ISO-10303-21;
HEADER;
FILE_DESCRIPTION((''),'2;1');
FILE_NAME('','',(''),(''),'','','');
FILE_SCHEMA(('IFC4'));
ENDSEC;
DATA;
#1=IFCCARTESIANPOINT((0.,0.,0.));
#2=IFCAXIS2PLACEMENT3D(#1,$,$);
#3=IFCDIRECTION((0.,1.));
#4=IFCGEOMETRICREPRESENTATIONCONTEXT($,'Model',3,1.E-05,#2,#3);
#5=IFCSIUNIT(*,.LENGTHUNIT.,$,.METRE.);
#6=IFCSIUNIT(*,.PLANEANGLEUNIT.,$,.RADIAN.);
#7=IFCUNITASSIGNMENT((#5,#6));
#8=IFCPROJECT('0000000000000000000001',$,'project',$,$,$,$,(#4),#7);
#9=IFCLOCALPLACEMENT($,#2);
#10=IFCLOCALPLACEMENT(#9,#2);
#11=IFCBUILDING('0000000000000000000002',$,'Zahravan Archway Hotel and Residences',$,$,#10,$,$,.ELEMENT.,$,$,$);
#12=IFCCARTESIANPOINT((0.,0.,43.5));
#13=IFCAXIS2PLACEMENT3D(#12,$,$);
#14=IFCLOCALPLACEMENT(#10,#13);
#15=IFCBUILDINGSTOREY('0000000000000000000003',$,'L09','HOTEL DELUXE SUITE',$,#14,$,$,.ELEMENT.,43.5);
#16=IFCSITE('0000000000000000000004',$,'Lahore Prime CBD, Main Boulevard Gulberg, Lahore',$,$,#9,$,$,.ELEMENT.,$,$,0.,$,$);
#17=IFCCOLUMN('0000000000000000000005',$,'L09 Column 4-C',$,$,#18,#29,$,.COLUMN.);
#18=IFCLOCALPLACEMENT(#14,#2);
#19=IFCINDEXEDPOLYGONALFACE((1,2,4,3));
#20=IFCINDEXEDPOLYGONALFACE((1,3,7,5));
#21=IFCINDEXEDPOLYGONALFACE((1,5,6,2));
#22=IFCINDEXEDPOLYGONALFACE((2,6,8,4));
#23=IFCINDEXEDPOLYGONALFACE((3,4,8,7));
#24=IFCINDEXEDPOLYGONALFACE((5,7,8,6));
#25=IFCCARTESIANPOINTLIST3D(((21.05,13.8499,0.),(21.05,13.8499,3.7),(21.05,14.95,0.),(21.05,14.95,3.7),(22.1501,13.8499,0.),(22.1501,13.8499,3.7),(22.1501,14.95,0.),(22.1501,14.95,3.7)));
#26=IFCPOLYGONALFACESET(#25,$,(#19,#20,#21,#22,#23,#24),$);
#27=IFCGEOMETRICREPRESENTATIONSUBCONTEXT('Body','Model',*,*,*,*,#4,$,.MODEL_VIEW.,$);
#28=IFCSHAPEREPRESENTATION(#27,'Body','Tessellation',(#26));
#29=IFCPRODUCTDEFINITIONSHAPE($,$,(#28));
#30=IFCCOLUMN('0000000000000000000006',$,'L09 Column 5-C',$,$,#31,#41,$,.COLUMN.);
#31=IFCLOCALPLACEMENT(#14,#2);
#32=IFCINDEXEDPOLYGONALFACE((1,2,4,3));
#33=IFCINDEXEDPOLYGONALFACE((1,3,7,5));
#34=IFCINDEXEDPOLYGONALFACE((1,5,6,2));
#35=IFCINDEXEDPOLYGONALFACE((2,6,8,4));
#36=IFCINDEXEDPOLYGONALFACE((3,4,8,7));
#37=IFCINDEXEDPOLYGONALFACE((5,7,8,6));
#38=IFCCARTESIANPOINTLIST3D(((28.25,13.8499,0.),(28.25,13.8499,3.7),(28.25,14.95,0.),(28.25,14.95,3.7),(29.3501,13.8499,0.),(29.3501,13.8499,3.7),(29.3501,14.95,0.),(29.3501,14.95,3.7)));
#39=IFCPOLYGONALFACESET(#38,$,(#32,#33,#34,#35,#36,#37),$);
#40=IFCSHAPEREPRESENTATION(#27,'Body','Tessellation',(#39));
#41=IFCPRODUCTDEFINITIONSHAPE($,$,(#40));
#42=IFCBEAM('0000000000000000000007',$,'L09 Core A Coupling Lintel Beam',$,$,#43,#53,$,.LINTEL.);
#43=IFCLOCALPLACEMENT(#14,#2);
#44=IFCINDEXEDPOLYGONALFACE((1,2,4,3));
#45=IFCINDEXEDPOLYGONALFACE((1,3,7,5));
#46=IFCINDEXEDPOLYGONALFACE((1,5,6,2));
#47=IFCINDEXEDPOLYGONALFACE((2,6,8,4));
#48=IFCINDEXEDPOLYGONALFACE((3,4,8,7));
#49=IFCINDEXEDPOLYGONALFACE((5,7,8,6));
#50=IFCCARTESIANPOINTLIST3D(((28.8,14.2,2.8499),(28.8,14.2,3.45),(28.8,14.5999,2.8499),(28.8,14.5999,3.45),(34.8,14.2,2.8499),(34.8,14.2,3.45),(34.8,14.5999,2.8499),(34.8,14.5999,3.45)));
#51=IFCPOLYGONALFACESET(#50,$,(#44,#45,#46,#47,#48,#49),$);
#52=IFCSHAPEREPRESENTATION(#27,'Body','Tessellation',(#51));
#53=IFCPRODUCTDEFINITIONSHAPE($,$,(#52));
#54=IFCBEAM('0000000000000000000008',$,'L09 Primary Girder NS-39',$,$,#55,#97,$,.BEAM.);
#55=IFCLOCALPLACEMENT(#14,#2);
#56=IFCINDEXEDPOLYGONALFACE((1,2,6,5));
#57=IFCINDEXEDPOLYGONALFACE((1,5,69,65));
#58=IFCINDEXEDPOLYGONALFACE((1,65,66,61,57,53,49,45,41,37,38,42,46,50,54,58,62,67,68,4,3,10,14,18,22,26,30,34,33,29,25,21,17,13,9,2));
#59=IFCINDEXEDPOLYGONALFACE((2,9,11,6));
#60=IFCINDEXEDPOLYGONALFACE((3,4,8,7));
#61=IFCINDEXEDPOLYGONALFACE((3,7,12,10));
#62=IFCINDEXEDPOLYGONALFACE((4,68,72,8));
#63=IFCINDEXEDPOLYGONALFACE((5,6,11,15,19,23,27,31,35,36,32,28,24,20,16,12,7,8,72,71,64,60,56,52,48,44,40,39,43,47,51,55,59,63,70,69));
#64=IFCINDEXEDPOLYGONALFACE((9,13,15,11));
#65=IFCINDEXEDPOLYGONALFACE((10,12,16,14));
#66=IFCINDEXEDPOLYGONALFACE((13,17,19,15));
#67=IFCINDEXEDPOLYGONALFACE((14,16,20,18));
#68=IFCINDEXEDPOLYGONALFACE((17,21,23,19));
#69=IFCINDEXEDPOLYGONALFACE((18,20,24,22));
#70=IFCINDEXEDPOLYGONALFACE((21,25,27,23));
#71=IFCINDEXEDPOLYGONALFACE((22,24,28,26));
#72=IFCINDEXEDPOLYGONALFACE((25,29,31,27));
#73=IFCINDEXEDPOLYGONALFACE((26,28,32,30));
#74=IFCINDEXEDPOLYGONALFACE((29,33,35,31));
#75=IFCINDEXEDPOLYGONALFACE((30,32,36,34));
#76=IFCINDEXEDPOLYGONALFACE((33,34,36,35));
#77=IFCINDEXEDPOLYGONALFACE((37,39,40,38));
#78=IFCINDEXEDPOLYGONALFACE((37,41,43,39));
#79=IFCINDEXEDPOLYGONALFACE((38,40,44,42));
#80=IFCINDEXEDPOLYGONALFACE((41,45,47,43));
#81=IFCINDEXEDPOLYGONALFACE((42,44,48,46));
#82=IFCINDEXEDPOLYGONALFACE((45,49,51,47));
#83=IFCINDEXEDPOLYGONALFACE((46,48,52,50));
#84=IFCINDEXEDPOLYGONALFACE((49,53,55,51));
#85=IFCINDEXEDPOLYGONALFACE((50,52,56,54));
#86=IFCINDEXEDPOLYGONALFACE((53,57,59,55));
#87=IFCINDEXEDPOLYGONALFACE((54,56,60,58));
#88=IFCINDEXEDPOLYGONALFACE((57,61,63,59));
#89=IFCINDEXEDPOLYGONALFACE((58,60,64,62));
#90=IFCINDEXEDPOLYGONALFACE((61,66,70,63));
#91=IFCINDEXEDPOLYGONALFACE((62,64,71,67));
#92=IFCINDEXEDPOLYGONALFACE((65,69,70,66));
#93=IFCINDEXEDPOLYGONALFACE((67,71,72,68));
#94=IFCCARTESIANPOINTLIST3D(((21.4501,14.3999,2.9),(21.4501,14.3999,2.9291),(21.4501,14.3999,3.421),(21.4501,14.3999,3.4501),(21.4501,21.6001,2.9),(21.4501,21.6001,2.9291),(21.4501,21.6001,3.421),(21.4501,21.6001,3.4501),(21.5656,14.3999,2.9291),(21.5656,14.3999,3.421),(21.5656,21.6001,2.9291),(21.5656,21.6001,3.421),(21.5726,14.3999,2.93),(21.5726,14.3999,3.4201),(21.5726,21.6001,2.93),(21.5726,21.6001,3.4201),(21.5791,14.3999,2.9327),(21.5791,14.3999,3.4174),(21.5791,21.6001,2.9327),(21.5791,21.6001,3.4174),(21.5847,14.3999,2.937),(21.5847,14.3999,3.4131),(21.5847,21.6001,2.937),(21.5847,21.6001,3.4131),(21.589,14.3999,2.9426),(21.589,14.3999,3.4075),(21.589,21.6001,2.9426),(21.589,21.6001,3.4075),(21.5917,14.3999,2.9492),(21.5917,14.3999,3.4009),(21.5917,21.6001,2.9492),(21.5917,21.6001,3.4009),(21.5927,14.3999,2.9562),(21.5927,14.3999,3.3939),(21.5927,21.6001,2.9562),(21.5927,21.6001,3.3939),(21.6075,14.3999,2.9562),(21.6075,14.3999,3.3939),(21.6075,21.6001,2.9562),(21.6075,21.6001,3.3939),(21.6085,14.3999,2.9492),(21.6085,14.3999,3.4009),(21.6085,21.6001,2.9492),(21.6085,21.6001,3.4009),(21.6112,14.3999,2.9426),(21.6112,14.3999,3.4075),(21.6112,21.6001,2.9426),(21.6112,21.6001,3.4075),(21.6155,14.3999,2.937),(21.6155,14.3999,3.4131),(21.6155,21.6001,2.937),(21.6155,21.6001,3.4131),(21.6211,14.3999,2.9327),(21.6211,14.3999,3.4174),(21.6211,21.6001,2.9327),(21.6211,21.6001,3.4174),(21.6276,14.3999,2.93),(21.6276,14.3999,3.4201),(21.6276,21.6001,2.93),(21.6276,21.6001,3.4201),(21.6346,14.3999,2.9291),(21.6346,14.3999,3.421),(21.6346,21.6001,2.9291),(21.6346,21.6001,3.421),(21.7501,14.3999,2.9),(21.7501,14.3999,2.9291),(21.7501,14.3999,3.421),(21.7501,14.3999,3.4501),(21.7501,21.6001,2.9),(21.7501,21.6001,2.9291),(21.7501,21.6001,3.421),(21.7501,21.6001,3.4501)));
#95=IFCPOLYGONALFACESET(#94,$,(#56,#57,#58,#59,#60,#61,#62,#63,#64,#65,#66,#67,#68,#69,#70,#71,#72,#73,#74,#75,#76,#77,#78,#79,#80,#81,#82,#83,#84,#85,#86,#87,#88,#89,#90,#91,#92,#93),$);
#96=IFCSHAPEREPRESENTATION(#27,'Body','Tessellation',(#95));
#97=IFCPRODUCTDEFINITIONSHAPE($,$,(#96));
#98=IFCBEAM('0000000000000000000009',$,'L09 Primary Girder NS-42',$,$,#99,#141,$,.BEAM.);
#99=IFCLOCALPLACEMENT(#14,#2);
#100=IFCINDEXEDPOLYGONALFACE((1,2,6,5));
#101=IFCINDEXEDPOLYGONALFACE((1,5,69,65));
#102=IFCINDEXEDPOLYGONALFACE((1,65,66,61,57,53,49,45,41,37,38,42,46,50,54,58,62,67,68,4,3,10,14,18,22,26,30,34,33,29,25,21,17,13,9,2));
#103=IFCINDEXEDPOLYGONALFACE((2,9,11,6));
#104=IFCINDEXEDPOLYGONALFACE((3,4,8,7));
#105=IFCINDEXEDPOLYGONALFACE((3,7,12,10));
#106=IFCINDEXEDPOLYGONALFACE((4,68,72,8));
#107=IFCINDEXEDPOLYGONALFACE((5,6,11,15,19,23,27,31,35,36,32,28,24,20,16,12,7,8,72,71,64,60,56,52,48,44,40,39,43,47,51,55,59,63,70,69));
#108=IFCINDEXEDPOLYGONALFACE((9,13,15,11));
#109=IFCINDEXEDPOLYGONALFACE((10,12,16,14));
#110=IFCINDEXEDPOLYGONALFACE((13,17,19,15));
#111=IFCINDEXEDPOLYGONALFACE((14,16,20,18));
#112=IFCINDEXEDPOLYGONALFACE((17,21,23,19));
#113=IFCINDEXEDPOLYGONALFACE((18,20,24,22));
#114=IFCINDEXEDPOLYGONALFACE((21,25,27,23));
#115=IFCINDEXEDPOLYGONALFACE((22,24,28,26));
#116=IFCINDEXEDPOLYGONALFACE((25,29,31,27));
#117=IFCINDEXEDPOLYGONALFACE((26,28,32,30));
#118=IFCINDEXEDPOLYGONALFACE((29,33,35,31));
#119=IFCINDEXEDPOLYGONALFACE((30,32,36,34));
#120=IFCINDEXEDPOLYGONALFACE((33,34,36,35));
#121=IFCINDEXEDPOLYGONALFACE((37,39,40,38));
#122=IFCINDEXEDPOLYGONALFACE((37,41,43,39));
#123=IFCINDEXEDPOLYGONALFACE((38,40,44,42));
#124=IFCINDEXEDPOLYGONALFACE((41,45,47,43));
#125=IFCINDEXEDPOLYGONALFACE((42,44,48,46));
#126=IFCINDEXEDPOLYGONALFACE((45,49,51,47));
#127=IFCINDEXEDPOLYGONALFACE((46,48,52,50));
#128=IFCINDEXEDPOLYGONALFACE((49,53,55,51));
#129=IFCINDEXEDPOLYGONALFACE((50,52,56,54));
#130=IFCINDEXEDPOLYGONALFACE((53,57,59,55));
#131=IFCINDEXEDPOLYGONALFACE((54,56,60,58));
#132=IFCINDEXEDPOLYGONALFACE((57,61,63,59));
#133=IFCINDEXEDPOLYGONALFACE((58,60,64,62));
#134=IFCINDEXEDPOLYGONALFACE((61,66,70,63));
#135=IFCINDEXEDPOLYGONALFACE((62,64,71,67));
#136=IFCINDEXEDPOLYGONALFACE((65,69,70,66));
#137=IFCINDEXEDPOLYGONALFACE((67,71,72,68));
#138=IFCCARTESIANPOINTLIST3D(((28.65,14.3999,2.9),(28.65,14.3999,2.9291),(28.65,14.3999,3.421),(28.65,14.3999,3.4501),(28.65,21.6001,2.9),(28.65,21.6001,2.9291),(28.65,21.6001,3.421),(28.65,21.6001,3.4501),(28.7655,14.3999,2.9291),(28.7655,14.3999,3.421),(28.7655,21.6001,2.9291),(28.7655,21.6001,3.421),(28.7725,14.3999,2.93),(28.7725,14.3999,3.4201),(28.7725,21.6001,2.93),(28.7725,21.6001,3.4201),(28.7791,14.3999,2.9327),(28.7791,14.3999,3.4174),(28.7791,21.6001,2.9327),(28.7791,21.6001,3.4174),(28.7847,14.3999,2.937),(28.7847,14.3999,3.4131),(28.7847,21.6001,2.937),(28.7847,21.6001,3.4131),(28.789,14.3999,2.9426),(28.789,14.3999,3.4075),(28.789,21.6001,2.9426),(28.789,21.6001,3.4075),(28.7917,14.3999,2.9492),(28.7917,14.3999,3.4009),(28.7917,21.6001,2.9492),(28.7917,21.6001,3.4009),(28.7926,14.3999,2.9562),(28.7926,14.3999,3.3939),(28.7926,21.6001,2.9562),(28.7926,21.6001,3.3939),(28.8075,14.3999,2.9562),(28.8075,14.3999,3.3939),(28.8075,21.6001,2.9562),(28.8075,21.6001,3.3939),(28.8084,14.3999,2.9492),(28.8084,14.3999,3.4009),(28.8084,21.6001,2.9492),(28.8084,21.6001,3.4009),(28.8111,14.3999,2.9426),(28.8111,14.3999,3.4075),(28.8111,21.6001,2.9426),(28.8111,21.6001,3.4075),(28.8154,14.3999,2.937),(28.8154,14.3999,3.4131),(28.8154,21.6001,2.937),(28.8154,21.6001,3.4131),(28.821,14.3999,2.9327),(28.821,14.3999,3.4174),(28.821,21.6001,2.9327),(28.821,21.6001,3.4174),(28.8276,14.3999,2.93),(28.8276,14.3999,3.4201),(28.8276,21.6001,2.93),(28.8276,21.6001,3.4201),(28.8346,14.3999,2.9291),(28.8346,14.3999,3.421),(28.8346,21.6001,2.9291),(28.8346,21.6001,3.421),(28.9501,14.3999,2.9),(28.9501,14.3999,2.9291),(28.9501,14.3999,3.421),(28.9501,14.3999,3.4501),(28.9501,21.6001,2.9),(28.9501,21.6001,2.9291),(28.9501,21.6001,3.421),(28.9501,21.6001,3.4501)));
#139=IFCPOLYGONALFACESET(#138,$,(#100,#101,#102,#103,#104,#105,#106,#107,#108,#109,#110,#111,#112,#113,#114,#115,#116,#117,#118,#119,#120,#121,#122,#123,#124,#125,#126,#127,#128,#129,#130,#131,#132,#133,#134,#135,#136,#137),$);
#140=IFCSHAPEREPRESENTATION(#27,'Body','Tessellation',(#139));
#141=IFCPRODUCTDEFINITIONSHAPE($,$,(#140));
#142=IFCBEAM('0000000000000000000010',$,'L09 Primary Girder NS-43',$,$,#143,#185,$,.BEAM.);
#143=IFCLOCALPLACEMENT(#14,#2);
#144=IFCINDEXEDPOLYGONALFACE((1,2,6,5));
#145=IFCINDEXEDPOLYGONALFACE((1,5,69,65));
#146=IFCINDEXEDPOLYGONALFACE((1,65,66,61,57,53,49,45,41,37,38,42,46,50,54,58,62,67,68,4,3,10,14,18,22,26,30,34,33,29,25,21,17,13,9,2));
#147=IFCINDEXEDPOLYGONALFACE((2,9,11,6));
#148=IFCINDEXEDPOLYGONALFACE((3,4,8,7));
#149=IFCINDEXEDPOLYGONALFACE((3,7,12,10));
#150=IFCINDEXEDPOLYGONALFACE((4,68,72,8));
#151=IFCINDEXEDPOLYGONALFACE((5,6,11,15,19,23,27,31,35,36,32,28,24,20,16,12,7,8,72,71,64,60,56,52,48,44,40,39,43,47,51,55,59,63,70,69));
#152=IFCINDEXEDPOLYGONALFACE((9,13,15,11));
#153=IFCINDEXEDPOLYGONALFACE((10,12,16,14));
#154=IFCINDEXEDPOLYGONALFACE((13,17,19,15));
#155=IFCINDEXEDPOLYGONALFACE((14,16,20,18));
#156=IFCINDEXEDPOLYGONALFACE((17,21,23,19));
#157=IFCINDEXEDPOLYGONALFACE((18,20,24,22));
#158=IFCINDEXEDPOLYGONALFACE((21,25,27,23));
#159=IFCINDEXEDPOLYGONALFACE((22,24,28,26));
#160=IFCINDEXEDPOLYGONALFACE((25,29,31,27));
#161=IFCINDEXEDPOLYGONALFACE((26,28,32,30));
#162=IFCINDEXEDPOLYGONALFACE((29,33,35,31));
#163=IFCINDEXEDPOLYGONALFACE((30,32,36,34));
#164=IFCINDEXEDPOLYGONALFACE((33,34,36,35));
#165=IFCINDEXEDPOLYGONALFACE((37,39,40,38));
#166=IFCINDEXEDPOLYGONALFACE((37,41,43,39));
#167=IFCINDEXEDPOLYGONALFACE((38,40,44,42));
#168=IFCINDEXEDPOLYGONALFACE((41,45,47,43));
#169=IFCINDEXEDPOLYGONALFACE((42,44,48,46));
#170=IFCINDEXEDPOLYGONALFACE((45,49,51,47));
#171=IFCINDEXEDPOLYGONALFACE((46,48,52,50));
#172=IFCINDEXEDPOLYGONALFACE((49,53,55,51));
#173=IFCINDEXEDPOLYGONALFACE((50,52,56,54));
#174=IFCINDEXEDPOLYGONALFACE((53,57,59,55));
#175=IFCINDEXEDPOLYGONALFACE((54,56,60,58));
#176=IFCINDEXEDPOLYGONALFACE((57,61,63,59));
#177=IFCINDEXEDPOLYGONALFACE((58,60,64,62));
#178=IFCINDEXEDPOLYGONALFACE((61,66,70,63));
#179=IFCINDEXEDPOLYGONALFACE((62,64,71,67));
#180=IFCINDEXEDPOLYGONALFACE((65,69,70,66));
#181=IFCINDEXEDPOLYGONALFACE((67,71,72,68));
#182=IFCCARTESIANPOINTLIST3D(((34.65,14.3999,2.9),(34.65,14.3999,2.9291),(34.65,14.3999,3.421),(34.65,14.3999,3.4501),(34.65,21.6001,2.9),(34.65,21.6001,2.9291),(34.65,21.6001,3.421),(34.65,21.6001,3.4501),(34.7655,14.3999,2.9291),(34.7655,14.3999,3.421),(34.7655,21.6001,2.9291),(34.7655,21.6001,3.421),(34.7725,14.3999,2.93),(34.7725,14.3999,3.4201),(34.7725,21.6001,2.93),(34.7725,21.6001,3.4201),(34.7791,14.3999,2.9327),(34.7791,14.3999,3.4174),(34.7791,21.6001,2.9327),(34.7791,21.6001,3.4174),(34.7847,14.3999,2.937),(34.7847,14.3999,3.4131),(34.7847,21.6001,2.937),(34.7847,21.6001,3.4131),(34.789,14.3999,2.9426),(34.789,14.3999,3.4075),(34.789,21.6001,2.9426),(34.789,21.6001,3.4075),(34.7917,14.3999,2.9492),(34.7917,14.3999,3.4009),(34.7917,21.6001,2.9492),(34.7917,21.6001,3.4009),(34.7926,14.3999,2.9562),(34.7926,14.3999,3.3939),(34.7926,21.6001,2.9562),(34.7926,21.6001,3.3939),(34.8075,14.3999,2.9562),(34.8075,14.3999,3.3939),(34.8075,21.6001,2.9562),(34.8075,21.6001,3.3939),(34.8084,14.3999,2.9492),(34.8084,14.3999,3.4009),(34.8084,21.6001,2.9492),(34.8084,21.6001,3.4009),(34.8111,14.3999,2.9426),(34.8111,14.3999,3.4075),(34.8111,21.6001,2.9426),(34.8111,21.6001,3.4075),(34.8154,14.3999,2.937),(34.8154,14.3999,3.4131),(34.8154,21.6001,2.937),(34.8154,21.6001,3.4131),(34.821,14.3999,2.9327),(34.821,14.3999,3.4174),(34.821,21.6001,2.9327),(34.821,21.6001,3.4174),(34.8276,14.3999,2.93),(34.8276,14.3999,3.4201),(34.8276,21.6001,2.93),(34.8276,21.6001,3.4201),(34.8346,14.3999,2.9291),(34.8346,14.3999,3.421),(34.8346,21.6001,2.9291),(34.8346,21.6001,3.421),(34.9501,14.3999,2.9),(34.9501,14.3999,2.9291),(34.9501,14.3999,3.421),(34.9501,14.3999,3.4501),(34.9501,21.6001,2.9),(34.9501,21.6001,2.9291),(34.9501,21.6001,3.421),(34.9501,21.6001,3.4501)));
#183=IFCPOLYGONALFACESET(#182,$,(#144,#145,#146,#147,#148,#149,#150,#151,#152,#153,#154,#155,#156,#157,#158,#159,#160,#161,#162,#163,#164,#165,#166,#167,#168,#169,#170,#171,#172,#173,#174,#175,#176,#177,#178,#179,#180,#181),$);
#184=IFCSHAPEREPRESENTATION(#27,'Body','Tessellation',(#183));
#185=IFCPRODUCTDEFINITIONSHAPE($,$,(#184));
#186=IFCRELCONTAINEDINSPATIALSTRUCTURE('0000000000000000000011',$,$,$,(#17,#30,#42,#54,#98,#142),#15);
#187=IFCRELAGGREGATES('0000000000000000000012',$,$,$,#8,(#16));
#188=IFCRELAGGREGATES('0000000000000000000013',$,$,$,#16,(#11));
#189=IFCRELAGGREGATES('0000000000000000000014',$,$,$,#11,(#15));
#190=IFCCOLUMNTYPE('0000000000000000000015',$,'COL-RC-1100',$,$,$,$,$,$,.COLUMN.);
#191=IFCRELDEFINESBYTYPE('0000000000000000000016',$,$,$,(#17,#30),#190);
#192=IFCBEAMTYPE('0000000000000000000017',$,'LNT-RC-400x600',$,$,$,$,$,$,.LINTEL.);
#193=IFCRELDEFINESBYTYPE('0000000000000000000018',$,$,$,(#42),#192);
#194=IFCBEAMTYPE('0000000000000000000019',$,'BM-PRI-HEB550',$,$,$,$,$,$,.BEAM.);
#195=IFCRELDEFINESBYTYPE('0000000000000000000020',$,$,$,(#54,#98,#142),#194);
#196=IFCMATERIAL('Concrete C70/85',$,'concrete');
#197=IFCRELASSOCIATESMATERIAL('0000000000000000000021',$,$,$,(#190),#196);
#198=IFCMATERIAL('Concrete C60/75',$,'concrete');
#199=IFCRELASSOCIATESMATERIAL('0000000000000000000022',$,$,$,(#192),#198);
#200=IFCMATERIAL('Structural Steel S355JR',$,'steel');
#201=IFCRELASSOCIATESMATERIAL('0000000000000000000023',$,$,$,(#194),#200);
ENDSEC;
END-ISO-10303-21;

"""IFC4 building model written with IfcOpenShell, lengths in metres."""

from ifc_helpers import new_model, si_unit, direction, frame, origin, origin_2d, place, context, subcontext, project, spatial, rectangle, i_section, extrude, source, transform, mapped, material, material_profile, profile_set, type_object, type_shapes, element, save


model = new_model("IFC4")

# Units and contexts
model_context = context("Model", 3, precision=1e-05, world=origin(), true_north=direction((0.0, 1.0)))
body_context = subcontext(model_context, "Body", "Model", "MODEL_VIEW")
ifc_project = project(units=[si_unit("LENGTHUNIT", "METRE"), si_unit("PLANEANGLEUNIT", "RADIAN")], contexts=[model_context])

# Site, building, storey
site_placement = place(None, origin())
site = spatial("IfcSite", under=ifc_project, at=site_placement, Name="Lahore Prime CBD, Main Boulevard Gulberg, Lahore", CompositionType="ELEMENT", RefElevation=0.0)
building_placement = place(site_placement, origin())
building = spatial("IfcBuilding", under=site, at=building_placement, Name="Zahravan Archway Hotel and Residences", CompositionType="ELEMENT")
storey_placement = place(building_placement, frame((0.0, 0.0, 43.5)))
storey = spatial("IfcBuildingStorey", under=building, at=storey_placement, Name="L09", Description="HOTEL DELUXE SUITE", CompositionType="ELEMENT", Elevation=43.5)

# Columns
ifc_material_1 = material(Name="Concrete C70/85", Category="concrete")
ifc_material_profile_1 = material_profile(ifc_material_1, rectangle(XDim=1.1001, YDim=1.1001, at=origin_2d()), Name="RC 1100x1100", Category="concrete")
ifc_profile_set_1 = profile_set([ifc_material_profile_1], Name="Concrete C70/85")
column_type = type_object("IfcColumnType", Name="COL-RC-1100", PredefinedType="COLUMN", material=ifc_profile_set_1)
shared_shape_1 = source(origin(), body_context, "Body", "SweptSolid", [
    extrude(rectangle(XDim=1.1001, YDim=1.1001, at=origin_2d()), origin(), (0.0, 0.0, 1.0), 3.7),
])
for number, where, z_axis, x_axis, name in (
    (1, (21.6001, 14.3999, 0.0), (0.0, 0.0, 1.0), (1.0, 0.0, 0.0), "L09 Column 4-C"),
    (2, (28.8, 14.3999, 0.0), (0.0, 0.0, 1.0), (1.0, 0.0, 0.0), "L09 Column 5-C"),
):
    element("IfcColumn", number, at=place(storey_placement, frame(where, z_axis=z_axis, x_axis=x_axis)), inside=storey, type_object=column_type, Name=name, PredefinedType="COLUMN", context=body_context, shape_type="MappedRepresentation", body=[
        mapped(shared_shape_1, transform((0.0, 0.0, 0.0), scale=1.0)),
    ])

# Beams
ifc_material_2 = material(Name="Concrete C60/75", Category="concrete")
ifc_material_profile_2 = material_profile(ifc_material_2, rectangle(XDim=0.3999, YDim=0.6001, at=origin_2d()), Name="RC-LNT-400x600", Category="concrete")
ifc_profile_set_2 = profile_set([ifc_material_profile_2], Name="Concrete C60/75")
beam_type_1 = type_object("IfcBeamType", Name="LNT-RC-400x600", PredefinedType="LINTEL", material=ifc_profile_set_2)
shared_shape_2 = source(origin(), body_context, "Body", "SweptSolid", [
    extrude(rectangle(XDim=0.3999, YDim=0.6001, at=origin_2d()), origin(), (0.0, 0.0, 1.0), 6.0),
])
type_shapes(beam_type_1, [shared_shape_2])
beam_1_placement = place(storey_placement, frame((28.8, 14.3999, 3.1499), z_axis=(1.0, 0.0, 0.0), x_axis=(0.0, 1.0, 0.0)))
element("IfcBeam", 3, at=beam_1_placement, inside=storey, type_object=beam_type_1, Name="L09 Core A Coupling Lintel Beam", PredefinedType="LINTEL", context=body_context, shape_type="MappedRepresentation", body=[
    mapped(shared_shape_2, transform((0.0, 0.0, 0.0), scale=1.0)),
])
ifc_material_3 = material(Name="Structural Steel S355JR", Category="steel")
ifc_material_profile_3 = material_profile(ifc_material_3, i_section(OverallWidth=0.3, OverallDepth=0.55, WebThickness=0.0149, FlangeThickness=0.0291, FilletRadius=0.0271, at=origin_2d()), Name="HEB 550", Category="steel")
ifc_profile_set_3 = profile_set([ifc_material_profile_3], Name="Structural Steel S355JR")
beam_type_2 = type_object("IfcBeamType", Name="BM-PRI-HEB550", PredefinedType="BEAM", material=ifc_profile_set_3)
shared_shape_3 = source(origin(), body_context, "Body", "SweptSolid", [
    extrude(i_section(OverallWidth=0.3, OverallDepth=0.55, WebThickness=0.0149, FlangeThickness=0.0291, FilletRadius=0.0271, at=origin_2d()), origin(), (0.0, 0.0, 1.0), 7.2002),
])
type_shapes(beam_type_2, [shared_shape_3])
for number, where, z_axis, x_axis, name in (
    (4, (21.6001, 14.3999, 3.175), (0.0, 1.0, 0.0), (-1.0, 0.0, 0.0), "L09 Primary Girder NS-39"),
    (5, (28.8, 14.3999, 3.175), (0.0, 1.0, 0.0), (-1.0, 0.0, 0.0), "L09 Primary Girder NS-42"),
    (6, (34.8, 14.3999, 3.175), (0.0, 1.0, 0.0), (-1.0, 0.0, 0.0), "L09 Primary Girder NS-43"),
):
    element("IfcBeam", number, at=place(storey_placement, frame(where, z_axis=z_axis, x_axis=x_axis)), inside=storey, type_object=beam_type_2, Name=name, PredefinedType="BEAM", context=body_context, shape_type="MappedRepresentation", body=[
        mapped(shared_shape_3, transform((0.0, 0.0, 0.0), scale=1.0)),
    ])

save(model, "model.ifc")
